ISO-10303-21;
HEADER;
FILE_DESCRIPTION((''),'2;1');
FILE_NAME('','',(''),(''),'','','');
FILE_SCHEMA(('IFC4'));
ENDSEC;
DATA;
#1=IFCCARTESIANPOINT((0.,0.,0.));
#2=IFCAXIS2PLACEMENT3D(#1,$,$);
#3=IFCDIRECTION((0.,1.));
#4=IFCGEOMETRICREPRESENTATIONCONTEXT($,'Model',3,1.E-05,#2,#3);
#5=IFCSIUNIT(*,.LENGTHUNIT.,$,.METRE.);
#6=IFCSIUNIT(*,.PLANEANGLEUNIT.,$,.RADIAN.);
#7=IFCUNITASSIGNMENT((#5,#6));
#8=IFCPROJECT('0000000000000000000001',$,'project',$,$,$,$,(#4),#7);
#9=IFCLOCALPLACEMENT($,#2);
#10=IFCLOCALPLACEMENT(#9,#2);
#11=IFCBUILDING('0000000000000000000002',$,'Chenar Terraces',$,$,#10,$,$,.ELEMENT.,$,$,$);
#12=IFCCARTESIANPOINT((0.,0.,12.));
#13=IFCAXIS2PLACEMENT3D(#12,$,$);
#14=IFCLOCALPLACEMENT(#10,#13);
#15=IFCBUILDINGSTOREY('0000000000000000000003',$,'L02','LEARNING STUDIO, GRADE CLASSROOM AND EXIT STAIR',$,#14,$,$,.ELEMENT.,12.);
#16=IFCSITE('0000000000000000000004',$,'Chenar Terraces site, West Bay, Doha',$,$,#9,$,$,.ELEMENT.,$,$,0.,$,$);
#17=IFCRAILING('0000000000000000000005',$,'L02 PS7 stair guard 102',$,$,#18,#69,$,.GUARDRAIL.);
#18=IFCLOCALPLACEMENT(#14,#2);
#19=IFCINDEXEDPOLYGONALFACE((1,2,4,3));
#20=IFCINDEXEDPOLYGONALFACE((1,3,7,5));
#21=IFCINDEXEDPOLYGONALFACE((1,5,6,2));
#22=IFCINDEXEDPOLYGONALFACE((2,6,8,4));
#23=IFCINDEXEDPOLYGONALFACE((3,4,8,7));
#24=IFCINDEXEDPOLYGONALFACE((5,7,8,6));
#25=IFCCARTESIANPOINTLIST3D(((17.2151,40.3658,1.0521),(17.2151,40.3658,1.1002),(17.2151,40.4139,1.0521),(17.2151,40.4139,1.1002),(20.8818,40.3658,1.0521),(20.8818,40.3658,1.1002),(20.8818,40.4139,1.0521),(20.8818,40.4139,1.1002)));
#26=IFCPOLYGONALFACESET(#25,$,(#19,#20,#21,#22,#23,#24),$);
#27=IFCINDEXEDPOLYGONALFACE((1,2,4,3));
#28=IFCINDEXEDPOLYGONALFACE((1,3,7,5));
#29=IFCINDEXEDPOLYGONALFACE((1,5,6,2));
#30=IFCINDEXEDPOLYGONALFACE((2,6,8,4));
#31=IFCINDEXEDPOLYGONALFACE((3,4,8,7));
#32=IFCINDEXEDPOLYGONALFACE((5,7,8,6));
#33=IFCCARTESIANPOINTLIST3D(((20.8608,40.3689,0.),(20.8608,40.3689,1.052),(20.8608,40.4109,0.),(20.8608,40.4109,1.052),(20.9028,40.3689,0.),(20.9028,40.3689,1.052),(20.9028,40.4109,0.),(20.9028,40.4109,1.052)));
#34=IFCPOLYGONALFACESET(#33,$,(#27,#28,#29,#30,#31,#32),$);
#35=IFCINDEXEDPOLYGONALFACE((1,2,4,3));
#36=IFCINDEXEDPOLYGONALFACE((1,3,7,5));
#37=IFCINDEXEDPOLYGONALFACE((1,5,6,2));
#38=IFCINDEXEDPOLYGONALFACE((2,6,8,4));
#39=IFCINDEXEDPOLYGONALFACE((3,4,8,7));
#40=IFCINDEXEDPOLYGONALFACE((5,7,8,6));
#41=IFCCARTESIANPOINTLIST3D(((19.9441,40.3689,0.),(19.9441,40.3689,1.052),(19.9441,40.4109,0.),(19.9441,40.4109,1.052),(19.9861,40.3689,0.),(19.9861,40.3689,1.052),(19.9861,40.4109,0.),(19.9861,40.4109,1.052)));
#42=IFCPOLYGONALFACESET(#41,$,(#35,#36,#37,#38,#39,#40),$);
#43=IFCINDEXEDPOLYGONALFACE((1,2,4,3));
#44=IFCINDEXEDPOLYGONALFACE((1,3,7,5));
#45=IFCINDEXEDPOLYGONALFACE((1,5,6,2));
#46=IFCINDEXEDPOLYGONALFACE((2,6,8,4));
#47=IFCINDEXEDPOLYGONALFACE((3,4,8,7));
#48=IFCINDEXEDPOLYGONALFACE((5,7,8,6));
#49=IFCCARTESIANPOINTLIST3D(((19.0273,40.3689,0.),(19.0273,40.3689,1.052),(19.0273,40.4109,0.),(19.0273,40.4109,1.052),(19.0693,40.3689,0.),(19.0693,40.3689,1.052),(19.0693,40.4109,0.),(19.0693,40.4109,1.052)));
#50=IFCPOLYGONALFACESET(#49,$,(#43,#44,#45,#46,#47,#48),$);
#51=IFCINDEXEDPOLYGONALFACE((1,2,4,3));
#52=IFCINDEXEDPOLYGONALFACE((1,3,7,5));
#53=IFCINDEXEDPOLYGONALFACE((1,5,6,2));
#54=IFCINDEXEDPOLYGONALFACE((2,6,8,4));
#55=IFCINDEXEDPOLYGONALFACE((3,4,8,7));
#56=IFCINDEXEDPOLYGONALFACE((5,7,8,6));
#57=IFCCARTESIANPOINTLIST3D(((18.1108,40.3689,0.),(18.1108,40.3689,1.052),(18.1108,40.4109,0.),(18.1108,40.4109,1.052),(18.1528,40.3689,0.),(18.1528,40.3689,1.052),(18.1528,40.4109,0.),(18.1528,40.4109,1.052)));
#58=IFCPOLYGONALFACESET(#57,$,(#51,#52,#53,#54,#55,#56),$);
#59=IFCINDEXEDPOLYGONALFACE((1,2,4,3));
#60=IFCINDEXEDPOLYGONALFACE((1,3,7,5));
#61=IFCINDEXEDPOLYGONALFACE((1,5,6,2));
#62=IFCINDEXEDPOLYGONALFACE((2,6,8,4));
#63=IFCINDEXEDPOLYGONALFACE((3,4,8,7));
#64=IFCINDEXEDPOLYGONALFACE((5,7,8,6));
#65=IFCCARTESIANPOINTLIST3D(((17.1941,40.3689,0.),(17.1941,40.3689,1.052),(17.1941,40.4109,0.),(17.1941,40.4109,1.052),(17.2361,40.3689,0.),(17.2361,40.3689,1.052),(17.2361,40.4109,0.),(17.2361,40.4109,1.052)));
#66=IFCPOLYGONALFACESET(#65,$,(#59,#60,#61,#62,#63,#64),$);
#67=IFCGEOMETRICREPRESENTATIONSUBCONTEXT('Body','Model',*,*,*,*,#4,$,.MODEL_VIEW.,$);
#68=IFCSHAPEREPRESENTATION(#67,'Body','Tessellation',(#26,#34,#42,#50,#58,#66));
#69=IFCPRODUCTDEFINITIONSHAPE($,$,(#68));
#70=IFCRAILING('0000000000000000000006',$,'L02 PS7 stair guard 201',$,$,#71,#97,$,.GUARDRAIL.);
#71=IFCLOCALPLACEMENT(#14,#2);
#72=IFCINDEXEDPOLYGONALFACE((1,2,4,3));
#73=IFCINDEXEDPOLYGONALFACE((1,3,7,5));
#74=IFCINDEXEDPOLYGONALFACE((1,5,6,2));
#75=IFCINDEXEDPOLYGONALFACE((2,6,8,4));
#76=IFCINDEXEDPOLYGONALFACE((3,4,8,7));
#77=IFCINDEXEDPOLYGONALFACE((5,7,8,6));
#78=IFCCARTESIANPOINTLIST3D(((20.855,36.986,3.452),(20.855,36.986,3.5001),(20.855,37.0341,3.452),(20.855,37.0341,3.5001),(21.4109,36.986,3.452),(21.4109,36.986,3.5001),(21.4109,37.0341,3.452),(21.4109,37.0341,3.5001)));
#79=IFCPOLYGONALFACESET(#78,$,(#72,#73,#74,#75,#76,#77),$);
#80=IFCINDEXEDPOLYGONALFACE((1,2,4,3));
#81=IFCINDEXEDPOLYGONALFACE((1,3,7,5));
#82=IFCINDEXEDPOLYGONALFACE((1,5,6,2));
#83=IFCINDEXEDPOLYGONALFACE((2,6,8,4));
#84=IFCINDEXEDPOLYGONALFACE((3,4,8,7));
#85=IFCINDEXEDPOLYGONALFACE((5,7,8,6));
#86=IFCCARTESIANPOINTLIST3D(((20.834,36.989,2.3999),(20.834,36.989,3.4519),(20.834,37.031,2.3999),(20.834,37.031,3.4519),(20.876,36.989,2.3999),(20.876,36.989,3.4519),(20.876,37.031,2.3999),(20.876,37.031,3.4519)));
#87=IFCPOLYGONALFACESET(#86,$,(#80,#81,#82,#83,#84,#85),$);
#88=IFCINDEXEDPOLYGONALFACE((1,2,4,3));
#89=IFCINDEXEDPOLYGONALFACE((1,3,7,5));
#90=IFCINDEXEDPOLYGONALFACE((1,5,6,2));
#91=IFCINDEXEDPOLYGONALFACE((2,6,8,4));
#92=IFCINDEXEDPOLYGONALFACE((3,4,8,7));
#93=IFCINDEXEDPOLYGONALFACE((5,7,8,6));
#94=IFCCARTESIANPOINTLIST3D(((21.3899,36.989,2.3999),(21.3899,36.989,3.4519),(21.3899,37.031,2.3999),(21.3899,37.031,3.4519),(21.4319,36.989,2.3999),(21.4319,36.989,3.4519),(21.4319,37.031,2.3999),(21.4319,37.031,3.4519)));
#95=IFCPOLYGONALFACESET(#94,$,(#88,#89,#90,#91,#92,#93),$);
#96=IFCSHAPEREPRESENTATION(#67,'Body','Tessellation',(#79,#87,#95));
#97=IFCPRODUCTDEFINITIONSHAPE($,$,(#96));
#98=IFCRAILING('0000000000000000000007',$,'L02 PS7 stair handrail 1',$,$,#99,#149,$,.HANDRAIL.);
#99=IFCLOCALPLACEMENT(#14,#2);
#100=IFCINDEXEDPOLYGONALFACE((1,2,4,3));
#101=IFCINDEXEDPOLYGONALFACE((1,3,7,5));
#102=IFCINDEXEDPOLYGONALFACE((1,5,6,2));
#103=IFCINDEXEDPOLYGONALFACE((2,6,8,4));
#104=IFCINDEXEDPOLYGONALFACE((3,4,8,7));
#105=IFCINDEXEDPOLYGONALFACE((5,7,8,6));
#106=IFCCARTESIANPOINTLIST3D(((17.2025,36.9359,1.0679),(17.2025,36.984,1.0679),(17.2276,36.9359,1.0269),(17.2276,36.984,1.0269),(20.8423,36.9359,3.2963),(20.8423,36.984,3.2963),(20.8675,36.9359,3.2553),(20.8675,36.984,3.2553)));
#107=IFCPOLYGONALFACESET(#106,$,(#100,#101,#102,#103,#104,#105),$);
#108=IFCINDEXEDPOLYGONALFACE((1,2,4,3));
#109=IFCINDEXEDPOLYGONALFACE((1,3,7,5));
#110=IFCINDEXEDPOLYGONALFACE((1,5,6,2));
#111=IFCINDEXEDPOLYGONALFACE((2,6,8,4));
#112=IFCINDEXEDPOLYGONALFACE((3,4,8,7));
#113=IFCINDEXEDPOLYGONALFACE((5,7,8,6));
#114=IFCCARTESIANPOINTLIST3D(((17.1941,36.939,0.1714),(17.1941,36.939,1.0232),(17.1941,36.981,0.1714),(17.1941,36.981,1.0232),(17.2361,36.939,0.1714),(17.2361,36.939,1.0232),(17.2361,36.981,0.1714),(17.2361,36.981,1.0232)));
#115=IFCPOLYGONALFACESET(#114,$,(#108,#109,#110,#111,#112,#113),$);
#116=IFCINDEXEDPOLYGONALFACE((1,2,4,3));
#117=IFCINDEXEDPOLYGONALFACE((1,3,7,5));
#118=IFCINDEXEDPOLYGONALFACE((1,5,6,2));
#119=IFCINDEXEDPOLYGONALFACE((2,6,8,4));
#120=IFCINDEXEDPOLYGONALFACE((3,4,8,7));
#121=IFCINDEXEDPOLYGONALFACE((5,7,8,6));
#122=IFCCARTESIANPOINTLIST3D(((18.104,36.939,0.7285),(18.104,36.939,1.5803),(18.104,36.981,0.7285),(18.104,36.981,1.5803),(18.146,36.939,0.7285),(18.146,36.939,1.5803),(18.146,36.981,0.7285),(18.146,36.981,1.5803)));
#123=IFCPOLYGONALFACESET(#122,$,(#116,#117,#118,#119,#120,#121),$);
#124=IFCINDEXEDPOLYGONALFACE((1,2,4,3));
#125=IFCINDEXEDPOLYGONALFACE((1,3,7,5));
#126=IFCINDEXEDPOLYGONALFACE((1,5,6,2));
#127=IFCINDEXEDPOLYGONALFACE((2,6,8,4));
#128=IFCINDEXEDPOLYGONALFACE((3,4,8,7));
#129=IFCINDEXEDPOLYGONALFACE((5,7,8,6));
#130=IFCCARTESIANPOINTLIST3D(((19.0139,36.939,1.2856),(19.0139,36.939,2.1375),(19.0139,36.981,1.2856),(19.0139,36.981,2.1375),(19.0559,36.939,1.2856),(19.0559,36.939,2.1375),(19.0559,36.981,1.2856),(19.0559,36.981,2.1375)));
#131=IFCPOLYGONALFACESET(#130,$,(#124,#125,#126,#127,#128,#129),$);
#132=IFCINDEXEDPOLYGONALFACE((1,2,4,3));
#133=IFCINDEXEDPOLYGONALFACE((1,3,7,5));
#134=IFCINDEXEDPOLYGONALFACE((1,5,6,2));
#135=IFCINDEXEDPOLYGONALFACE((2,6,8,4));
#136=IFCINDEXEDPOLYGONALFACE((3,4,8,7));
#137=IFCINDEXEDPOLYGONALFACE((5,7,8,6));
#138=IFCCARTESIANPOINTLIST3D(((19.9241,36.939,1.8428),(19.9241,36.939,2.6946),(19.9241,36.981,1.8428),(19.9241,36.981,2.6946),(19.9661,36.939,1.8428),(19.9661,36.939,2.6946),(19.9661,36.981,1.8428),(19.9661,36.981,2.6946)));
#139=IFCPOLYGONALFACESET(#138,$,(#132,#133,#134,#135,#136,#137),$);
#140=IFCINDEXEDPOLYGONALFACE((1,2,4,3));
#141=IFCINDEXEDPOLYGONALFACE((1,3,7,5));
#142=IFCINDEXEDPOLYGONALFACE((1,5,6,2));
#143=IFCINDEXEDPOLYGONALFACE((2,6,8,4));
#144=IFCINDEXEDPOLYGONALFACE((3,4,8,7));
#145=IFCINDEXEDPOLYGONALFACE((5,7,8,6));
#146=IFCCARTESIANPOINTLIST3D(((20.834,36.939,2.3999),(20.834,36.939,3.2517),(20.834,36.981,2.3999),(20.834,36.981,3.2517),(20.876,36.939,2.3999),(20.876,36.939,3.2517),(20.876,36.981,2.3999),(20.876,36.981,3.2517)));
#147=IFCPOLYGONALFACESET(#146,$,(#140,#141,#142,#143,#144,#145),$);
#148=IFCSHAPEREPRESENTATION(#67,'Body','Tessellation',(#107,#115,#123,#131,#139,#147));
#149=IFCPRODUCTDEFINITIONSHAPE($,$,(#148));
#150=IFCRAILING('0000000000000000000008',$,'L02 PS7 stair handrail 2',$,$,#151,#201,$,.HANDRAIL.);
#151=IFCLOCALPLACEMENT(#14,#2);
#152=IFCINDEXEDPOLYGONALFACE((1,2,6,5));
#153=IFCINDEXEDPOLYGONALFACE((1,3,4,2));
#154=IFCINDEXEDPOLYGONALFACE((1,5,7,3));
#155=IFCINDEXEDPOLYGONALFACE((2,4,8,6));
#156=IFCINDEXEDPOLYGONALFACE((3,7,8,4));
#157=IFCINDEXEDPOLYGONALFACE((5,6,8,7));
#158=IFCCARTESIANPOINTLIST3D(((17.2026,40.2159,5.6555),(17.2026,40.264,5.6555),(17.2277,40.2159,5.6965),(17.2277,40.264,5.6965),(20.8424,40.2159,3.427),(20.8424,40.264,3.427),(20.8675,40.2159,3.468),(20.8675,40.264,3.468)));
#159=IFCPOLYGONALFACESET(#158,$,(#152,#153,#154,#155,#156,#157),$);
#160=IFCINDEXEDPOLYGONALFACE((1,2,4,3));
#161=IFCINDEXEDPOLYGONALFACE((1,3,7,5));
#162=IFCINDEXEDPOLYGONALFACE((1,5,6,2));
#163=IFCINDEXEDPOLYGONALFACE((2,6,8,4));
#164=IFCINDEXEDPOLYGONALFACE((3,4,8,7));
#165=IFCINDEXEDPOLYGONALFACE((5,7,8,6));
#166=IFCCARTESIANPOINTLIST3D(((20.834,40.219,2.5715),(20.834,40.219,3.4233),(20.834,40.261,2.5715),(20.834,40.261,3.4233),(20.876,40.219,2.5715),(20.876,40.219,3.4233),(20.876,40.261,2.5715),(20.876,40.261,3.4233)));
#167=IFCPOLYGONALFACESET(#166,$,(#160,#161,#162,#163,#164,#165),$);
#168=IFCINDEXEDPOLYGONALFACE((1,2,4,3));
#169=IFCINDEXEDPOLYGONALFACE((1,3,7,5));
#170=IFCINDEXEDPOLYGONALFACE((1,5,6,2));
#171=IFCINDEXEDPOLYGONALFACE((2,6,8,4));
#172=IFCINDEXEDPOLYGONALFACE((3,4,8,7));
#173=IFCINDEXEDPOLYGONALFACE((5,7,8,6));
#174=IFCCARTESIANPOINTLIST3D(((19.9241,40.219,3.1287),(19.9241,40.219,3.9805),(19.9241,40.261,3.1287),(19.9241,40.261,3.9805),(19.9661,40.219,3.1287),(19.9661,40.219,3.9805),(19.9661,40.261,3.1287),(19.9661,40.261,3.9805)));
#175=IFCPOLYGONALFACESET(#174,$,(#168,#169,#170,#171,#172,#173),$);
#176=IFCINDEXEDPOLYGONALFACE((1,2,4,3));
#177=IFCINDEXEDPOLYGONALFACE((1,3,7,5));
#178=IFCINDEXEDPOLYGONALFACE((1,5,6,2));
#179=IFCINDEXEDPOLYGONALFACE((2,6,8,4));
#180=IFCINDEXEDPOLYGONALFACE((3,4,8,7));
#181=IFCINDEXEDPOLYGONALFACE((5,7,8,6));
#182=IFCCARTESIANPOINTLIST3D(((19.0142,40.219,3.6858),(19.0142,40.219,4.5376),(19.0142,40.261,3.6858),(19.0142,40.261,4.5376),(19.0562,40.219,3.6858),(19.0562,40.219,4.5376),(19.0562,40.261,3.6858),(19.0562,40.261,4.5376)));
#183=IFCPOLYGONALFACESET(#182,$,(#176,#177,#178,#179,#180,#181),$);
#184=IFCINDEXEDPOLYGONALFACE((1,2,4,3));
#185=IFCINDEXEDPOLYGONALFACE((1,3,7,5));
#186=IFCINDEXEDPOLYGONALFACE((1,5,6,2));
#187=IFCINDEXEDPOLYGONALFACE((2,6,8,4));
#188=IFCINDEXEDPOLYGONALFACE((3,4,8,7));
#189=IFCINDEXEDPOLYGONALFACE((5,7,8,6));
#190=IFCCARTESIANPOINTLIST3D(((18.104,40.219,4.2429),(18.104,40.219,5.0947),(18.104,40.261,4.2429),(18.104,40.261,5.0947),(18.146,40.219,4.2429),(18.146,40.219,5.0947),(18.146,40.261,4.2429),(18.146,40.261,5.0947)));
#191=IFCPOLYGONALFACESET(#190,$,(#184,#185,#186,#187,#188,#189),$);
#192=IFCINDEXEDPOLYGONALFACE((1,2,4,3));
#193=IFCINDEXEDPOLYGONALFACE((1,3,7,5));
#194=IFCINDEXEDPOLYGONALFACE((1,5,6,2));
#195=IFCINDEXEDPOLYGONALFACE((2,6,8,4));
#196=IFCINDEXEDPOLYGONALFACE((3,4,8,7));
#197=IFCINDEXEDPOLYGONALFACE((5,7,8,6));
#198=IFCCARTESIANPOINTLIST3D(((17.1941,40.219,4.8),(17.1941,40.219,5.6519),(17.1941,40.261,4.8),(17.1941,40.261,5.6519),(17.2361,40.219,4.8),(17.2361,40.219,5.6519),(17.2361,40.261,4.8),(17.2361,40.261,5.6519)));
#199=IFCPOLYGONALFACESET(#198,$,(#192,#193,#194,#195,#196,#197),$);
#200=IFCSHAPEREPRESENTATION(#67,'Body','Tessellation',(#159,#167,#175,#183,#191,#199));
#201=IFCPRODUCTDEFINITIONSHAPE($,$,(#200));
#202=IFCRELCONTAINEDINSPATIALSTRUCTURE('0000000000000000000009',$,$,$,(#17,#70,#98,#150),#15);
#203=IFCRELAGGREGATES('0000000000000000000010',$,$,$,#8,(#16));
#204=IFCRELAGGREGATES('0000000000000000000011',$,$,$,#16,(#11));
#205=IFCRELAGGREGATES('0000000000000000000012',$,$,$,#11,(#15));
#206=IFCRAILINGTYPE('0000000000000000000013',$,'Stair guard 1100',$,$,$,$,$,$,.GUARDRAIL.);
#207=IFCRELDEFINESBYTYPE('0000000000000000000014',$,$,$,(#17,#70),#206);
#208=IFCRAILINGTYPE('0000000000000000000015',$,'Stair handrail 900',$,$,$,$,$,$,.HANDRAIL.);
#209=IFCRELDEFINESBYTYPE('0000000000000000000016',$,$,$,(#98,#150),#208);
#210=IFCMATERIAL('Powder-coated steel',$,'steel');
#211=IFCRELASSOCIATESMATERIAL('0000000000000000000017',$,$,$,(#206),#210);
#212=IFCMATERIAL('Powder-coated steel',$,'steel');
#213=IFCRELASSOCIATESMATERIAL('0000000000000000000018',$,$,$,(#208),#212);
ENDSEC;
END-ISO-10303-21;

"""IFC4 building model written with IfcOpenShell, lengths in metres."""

from ifc_helpers import new_model, si_unit, direction, frame, origin, origin_2d, place, context, subcontext, project, spatial, rectangle, extrude, material, type_object, element, save


model = new_model("IFC4")

# Units and contexts
model_context = context("Model", 3, precision=1e-05, world=origin(), true_north=direction((0.0, 1.0)))
body_context = subcontext(model_context, "Body", "Model", "MODEL_VIEW")
ifc_project = project(units=[si_unit("LENGTHUNIT", "METRE"), si_unit("PLANEANGLEUNIT", "RADIAN")], contexts=[model_context])

# Site, building, storey
site_placement = place(None, origin())
site = spatial("IfcSite", under=ifc_project, at=site_placement, Name="Chenar Terraces site, West Bay, Doha", CompositionType="ELEMENT", RefElevation=0.0)
building_placement = place(site_placement, origin())
building = spatial("IfcBuilding", under=site, at=building_placement, Name="Chenar Terraces", CompositionType="ELEMENT")
storey_placement = place(building_placement, frame((0.0, 0.0, 12.0)))
storey = spatial("IfcBuildingStorey", under=building, at=storey_placement, Name="L02", Description="LEARNING STUDIO, GRADE CLASSROOM AND EXIT STAIR", CompositionType="ELEMENT", Elevation=12.0)

# Railings
ifc_material_1 = material(Name="Powder-coated steel", Category="steel")
railing_type_1 = type_object("IfcRailingType", Name="Stair guard 1100", PredefinedType="GUARDRAIL", material=ifc_material_1)
railing_1_placement = place(storey_placement, frame((20.8818, 40.3899, 0.0)))
element("IfcRailing", 1, at=railing_1_placement, inside=storey, type_object=railing_type_1, Name="L02 PS7 stair guard 102", PredefinedType="GUARDRAIL", context=body_context, shape_type="SweptSolid", body=[
    extrude(rectangle(XDim=0.0481, YDim=0.0481, at=origin_2d()), frame((0.0, 0.0, 1.0762), z_axis=(-1.0, 0.0, 0.0), x_axis=(0.0, -1.0, 0.0)), (0.0, 0.0, 1.0), 3.6667),
    extrude(rectangle(XDim=0.042, YDim=0.042, at=origin_2d()), origin(), (0.0, 0.0, 1.0), 1.052),
    extrude(rectangle(XDim=0.042, YDim=0.042, at=origin_2d()), frame((-0.9167, 0.0, 0.0)), (0.0, 0.0, 1.0), 1.052),
    extrude(rectangle(XDim=0.042, YDim=0.042, at=origin_2d()), frame((-1.8335, 0.0, 0.0)), (0.0, 0.0, 1.0), 1.052),
    extrude(rectangle(XDim=0.042, YDim=0.042, at=origin_2d()), frame((-2.75, 0.0, 0.0)), (0.0, 0.0, 1.0), 1.052),
    extrude(rectangle(XDim=0.042, YDim=0.042, at=origin_2d()), frame((-3.6667, 0.0, 0.0)), (0.0, 0.0, 1.0), 1.052),
])
railing_2_placement = place(storey_placement, frame((20.855, 37.01, 2.3999)))
element("IfcRailing", 2, at=railing_2_placement, inside=storey, type_object=railing_type_1, Name="L02 PS7 stair guard 201", PredefinedType="GUARDRAIL", context=body_context, shape_type="SweptSolid", body=[
    extrude(rectangle(XDim=0.0481, YDim=0.0481, at=origin_2d()), frame((0.0, 0.0, 1.0762), z_axis=(1.0, 0.0, 0.0), x_axis=(0.0, 1.0, 0.0)), (0.0, 0.0, 1.0), 0.5559),
    extrude(rectangle(XDim=0.042, YDim=0.042, at=origin_2d()), origin(), (0.0, 0.0, 1.0), 1.052),
    extrude(rectangle(XDim=0.042, YDim=0.042, at=origin_2d()), frame((0.5559, 0.0, 0.0)), (0.0, 0.0, 1.0), 1.052),
])
ifc_material_2 = material(Name="Powder-coated steel", Category="steel")
railing_type_2 = type_object("IfcRailingType", Name="Stair handrail 900", PredefinedType="HANDRAIL", material=ifc_material_2)
railing_3_placement = place(storey_placement, frame((17.2151, 36.96, 0.1714)))
element("IfcRailing", 3, at=railing_3_placement, inside=storey, type_object=railing_type_2, Name="L02 PS7 stair handrail 1", PredefinedType="HANDRAIL", context=body_context, shape_type="SweptSolid", body=[
    extrude(rectangle(XDim=0.0481, YDim=0.0481, at=origin_2d()), frame((0.0, 0.0, 0.876), z_axis=(0.85285, 0.0, 0.522156), x_axis=(0.0, 1.0, 0.0)), (0.0, 0.0, 1.0), 4.2678),
    extrude(rectangle(XDim=0.042, YDim=0.042, at=origin_2d()), origin(), (0.0, 0.0, 1.0), 0.8518),
    extrude(rectangle(XDim=0.042, YDim=0.042, at=origin_2d()), frame((0.9099, 0.0, 0.5571)), (0.0, 0.0, 1.0), 0.8518),
    extrude(rectangle(XDim=0.042, YDim=0.042, at=origin_2d()), frame((1.8198, 0.0, 1.1143)), (0.0, 0.0, 1.0), 0.8518),
    extrude(rectangle(XDim=0.042, YDim=0.042, at=origin_2d()), frame((2.73, 0.0, 1.6714)), (0.0, 0.0, 1.0), 0.8518),
    extrude(rectangle(XDim=0.042, YDim=0.042, at=origin_2d()), frame((3.6399, 0.0, 2.2285)), (0.0, 0.0, 1.0), 0.8518),
])
railing_4_placement = place(storey_placement, frame((20.855, 40.24, 2.5715)))
element("IfcRailing", 4, at=railing_4_placement, inside=storey, type_object=railing_type_2, Name="L02 PS7 stair handrail 2", PredefinedType="HANDRAIL", context=body_context, shape_type="SweptSolid", body=[
    extrude(rectangle(XDim=0.0481, YDim=0.0481, at=origin_2d()), frame((0.0, 0.0, 0.876), z_axis=(-0.85285, 0.0, 0.522156), x_axis=(0.0, -1.0, 0.0)), (0.0, 0.0, 1.0), 4.2678),
    extrude(rectangle(XDim=0.042, YDim=0.042, at=origin_2d()), origin(), (0.0, 0.0, 1.0), 0.8518),
    extrude(rectangle(XDim=0.042, YDim=0.042, at=origin_2d()), frame((-0.9099, 0.0, 0.5571)), (0.0, 0.0, 1.0), 0.8518),
    extrude(rectangle(XDim=0.042, YDim=0.042, at=origin_2d()), frame((-1.8198, 0.0, 1.1143)), (0.0, 0.0, 1.0), 0.8518),
    extrude(rectangle(XDim=0.042, YDim=0.042, at=origin_2d()), frame((-2.73, 0.0, 1.6714)), (0.0, 0.0, 1.0), 0.8518),
    extrude(rectangle(XDim=0.042, YDim=0.042, at=origin_2d()), frame((-3.6399, 0.0, 2.2285)), (0.0, 0.0, 1.0), 0.8518),
])

save(model, "model.ifc")
